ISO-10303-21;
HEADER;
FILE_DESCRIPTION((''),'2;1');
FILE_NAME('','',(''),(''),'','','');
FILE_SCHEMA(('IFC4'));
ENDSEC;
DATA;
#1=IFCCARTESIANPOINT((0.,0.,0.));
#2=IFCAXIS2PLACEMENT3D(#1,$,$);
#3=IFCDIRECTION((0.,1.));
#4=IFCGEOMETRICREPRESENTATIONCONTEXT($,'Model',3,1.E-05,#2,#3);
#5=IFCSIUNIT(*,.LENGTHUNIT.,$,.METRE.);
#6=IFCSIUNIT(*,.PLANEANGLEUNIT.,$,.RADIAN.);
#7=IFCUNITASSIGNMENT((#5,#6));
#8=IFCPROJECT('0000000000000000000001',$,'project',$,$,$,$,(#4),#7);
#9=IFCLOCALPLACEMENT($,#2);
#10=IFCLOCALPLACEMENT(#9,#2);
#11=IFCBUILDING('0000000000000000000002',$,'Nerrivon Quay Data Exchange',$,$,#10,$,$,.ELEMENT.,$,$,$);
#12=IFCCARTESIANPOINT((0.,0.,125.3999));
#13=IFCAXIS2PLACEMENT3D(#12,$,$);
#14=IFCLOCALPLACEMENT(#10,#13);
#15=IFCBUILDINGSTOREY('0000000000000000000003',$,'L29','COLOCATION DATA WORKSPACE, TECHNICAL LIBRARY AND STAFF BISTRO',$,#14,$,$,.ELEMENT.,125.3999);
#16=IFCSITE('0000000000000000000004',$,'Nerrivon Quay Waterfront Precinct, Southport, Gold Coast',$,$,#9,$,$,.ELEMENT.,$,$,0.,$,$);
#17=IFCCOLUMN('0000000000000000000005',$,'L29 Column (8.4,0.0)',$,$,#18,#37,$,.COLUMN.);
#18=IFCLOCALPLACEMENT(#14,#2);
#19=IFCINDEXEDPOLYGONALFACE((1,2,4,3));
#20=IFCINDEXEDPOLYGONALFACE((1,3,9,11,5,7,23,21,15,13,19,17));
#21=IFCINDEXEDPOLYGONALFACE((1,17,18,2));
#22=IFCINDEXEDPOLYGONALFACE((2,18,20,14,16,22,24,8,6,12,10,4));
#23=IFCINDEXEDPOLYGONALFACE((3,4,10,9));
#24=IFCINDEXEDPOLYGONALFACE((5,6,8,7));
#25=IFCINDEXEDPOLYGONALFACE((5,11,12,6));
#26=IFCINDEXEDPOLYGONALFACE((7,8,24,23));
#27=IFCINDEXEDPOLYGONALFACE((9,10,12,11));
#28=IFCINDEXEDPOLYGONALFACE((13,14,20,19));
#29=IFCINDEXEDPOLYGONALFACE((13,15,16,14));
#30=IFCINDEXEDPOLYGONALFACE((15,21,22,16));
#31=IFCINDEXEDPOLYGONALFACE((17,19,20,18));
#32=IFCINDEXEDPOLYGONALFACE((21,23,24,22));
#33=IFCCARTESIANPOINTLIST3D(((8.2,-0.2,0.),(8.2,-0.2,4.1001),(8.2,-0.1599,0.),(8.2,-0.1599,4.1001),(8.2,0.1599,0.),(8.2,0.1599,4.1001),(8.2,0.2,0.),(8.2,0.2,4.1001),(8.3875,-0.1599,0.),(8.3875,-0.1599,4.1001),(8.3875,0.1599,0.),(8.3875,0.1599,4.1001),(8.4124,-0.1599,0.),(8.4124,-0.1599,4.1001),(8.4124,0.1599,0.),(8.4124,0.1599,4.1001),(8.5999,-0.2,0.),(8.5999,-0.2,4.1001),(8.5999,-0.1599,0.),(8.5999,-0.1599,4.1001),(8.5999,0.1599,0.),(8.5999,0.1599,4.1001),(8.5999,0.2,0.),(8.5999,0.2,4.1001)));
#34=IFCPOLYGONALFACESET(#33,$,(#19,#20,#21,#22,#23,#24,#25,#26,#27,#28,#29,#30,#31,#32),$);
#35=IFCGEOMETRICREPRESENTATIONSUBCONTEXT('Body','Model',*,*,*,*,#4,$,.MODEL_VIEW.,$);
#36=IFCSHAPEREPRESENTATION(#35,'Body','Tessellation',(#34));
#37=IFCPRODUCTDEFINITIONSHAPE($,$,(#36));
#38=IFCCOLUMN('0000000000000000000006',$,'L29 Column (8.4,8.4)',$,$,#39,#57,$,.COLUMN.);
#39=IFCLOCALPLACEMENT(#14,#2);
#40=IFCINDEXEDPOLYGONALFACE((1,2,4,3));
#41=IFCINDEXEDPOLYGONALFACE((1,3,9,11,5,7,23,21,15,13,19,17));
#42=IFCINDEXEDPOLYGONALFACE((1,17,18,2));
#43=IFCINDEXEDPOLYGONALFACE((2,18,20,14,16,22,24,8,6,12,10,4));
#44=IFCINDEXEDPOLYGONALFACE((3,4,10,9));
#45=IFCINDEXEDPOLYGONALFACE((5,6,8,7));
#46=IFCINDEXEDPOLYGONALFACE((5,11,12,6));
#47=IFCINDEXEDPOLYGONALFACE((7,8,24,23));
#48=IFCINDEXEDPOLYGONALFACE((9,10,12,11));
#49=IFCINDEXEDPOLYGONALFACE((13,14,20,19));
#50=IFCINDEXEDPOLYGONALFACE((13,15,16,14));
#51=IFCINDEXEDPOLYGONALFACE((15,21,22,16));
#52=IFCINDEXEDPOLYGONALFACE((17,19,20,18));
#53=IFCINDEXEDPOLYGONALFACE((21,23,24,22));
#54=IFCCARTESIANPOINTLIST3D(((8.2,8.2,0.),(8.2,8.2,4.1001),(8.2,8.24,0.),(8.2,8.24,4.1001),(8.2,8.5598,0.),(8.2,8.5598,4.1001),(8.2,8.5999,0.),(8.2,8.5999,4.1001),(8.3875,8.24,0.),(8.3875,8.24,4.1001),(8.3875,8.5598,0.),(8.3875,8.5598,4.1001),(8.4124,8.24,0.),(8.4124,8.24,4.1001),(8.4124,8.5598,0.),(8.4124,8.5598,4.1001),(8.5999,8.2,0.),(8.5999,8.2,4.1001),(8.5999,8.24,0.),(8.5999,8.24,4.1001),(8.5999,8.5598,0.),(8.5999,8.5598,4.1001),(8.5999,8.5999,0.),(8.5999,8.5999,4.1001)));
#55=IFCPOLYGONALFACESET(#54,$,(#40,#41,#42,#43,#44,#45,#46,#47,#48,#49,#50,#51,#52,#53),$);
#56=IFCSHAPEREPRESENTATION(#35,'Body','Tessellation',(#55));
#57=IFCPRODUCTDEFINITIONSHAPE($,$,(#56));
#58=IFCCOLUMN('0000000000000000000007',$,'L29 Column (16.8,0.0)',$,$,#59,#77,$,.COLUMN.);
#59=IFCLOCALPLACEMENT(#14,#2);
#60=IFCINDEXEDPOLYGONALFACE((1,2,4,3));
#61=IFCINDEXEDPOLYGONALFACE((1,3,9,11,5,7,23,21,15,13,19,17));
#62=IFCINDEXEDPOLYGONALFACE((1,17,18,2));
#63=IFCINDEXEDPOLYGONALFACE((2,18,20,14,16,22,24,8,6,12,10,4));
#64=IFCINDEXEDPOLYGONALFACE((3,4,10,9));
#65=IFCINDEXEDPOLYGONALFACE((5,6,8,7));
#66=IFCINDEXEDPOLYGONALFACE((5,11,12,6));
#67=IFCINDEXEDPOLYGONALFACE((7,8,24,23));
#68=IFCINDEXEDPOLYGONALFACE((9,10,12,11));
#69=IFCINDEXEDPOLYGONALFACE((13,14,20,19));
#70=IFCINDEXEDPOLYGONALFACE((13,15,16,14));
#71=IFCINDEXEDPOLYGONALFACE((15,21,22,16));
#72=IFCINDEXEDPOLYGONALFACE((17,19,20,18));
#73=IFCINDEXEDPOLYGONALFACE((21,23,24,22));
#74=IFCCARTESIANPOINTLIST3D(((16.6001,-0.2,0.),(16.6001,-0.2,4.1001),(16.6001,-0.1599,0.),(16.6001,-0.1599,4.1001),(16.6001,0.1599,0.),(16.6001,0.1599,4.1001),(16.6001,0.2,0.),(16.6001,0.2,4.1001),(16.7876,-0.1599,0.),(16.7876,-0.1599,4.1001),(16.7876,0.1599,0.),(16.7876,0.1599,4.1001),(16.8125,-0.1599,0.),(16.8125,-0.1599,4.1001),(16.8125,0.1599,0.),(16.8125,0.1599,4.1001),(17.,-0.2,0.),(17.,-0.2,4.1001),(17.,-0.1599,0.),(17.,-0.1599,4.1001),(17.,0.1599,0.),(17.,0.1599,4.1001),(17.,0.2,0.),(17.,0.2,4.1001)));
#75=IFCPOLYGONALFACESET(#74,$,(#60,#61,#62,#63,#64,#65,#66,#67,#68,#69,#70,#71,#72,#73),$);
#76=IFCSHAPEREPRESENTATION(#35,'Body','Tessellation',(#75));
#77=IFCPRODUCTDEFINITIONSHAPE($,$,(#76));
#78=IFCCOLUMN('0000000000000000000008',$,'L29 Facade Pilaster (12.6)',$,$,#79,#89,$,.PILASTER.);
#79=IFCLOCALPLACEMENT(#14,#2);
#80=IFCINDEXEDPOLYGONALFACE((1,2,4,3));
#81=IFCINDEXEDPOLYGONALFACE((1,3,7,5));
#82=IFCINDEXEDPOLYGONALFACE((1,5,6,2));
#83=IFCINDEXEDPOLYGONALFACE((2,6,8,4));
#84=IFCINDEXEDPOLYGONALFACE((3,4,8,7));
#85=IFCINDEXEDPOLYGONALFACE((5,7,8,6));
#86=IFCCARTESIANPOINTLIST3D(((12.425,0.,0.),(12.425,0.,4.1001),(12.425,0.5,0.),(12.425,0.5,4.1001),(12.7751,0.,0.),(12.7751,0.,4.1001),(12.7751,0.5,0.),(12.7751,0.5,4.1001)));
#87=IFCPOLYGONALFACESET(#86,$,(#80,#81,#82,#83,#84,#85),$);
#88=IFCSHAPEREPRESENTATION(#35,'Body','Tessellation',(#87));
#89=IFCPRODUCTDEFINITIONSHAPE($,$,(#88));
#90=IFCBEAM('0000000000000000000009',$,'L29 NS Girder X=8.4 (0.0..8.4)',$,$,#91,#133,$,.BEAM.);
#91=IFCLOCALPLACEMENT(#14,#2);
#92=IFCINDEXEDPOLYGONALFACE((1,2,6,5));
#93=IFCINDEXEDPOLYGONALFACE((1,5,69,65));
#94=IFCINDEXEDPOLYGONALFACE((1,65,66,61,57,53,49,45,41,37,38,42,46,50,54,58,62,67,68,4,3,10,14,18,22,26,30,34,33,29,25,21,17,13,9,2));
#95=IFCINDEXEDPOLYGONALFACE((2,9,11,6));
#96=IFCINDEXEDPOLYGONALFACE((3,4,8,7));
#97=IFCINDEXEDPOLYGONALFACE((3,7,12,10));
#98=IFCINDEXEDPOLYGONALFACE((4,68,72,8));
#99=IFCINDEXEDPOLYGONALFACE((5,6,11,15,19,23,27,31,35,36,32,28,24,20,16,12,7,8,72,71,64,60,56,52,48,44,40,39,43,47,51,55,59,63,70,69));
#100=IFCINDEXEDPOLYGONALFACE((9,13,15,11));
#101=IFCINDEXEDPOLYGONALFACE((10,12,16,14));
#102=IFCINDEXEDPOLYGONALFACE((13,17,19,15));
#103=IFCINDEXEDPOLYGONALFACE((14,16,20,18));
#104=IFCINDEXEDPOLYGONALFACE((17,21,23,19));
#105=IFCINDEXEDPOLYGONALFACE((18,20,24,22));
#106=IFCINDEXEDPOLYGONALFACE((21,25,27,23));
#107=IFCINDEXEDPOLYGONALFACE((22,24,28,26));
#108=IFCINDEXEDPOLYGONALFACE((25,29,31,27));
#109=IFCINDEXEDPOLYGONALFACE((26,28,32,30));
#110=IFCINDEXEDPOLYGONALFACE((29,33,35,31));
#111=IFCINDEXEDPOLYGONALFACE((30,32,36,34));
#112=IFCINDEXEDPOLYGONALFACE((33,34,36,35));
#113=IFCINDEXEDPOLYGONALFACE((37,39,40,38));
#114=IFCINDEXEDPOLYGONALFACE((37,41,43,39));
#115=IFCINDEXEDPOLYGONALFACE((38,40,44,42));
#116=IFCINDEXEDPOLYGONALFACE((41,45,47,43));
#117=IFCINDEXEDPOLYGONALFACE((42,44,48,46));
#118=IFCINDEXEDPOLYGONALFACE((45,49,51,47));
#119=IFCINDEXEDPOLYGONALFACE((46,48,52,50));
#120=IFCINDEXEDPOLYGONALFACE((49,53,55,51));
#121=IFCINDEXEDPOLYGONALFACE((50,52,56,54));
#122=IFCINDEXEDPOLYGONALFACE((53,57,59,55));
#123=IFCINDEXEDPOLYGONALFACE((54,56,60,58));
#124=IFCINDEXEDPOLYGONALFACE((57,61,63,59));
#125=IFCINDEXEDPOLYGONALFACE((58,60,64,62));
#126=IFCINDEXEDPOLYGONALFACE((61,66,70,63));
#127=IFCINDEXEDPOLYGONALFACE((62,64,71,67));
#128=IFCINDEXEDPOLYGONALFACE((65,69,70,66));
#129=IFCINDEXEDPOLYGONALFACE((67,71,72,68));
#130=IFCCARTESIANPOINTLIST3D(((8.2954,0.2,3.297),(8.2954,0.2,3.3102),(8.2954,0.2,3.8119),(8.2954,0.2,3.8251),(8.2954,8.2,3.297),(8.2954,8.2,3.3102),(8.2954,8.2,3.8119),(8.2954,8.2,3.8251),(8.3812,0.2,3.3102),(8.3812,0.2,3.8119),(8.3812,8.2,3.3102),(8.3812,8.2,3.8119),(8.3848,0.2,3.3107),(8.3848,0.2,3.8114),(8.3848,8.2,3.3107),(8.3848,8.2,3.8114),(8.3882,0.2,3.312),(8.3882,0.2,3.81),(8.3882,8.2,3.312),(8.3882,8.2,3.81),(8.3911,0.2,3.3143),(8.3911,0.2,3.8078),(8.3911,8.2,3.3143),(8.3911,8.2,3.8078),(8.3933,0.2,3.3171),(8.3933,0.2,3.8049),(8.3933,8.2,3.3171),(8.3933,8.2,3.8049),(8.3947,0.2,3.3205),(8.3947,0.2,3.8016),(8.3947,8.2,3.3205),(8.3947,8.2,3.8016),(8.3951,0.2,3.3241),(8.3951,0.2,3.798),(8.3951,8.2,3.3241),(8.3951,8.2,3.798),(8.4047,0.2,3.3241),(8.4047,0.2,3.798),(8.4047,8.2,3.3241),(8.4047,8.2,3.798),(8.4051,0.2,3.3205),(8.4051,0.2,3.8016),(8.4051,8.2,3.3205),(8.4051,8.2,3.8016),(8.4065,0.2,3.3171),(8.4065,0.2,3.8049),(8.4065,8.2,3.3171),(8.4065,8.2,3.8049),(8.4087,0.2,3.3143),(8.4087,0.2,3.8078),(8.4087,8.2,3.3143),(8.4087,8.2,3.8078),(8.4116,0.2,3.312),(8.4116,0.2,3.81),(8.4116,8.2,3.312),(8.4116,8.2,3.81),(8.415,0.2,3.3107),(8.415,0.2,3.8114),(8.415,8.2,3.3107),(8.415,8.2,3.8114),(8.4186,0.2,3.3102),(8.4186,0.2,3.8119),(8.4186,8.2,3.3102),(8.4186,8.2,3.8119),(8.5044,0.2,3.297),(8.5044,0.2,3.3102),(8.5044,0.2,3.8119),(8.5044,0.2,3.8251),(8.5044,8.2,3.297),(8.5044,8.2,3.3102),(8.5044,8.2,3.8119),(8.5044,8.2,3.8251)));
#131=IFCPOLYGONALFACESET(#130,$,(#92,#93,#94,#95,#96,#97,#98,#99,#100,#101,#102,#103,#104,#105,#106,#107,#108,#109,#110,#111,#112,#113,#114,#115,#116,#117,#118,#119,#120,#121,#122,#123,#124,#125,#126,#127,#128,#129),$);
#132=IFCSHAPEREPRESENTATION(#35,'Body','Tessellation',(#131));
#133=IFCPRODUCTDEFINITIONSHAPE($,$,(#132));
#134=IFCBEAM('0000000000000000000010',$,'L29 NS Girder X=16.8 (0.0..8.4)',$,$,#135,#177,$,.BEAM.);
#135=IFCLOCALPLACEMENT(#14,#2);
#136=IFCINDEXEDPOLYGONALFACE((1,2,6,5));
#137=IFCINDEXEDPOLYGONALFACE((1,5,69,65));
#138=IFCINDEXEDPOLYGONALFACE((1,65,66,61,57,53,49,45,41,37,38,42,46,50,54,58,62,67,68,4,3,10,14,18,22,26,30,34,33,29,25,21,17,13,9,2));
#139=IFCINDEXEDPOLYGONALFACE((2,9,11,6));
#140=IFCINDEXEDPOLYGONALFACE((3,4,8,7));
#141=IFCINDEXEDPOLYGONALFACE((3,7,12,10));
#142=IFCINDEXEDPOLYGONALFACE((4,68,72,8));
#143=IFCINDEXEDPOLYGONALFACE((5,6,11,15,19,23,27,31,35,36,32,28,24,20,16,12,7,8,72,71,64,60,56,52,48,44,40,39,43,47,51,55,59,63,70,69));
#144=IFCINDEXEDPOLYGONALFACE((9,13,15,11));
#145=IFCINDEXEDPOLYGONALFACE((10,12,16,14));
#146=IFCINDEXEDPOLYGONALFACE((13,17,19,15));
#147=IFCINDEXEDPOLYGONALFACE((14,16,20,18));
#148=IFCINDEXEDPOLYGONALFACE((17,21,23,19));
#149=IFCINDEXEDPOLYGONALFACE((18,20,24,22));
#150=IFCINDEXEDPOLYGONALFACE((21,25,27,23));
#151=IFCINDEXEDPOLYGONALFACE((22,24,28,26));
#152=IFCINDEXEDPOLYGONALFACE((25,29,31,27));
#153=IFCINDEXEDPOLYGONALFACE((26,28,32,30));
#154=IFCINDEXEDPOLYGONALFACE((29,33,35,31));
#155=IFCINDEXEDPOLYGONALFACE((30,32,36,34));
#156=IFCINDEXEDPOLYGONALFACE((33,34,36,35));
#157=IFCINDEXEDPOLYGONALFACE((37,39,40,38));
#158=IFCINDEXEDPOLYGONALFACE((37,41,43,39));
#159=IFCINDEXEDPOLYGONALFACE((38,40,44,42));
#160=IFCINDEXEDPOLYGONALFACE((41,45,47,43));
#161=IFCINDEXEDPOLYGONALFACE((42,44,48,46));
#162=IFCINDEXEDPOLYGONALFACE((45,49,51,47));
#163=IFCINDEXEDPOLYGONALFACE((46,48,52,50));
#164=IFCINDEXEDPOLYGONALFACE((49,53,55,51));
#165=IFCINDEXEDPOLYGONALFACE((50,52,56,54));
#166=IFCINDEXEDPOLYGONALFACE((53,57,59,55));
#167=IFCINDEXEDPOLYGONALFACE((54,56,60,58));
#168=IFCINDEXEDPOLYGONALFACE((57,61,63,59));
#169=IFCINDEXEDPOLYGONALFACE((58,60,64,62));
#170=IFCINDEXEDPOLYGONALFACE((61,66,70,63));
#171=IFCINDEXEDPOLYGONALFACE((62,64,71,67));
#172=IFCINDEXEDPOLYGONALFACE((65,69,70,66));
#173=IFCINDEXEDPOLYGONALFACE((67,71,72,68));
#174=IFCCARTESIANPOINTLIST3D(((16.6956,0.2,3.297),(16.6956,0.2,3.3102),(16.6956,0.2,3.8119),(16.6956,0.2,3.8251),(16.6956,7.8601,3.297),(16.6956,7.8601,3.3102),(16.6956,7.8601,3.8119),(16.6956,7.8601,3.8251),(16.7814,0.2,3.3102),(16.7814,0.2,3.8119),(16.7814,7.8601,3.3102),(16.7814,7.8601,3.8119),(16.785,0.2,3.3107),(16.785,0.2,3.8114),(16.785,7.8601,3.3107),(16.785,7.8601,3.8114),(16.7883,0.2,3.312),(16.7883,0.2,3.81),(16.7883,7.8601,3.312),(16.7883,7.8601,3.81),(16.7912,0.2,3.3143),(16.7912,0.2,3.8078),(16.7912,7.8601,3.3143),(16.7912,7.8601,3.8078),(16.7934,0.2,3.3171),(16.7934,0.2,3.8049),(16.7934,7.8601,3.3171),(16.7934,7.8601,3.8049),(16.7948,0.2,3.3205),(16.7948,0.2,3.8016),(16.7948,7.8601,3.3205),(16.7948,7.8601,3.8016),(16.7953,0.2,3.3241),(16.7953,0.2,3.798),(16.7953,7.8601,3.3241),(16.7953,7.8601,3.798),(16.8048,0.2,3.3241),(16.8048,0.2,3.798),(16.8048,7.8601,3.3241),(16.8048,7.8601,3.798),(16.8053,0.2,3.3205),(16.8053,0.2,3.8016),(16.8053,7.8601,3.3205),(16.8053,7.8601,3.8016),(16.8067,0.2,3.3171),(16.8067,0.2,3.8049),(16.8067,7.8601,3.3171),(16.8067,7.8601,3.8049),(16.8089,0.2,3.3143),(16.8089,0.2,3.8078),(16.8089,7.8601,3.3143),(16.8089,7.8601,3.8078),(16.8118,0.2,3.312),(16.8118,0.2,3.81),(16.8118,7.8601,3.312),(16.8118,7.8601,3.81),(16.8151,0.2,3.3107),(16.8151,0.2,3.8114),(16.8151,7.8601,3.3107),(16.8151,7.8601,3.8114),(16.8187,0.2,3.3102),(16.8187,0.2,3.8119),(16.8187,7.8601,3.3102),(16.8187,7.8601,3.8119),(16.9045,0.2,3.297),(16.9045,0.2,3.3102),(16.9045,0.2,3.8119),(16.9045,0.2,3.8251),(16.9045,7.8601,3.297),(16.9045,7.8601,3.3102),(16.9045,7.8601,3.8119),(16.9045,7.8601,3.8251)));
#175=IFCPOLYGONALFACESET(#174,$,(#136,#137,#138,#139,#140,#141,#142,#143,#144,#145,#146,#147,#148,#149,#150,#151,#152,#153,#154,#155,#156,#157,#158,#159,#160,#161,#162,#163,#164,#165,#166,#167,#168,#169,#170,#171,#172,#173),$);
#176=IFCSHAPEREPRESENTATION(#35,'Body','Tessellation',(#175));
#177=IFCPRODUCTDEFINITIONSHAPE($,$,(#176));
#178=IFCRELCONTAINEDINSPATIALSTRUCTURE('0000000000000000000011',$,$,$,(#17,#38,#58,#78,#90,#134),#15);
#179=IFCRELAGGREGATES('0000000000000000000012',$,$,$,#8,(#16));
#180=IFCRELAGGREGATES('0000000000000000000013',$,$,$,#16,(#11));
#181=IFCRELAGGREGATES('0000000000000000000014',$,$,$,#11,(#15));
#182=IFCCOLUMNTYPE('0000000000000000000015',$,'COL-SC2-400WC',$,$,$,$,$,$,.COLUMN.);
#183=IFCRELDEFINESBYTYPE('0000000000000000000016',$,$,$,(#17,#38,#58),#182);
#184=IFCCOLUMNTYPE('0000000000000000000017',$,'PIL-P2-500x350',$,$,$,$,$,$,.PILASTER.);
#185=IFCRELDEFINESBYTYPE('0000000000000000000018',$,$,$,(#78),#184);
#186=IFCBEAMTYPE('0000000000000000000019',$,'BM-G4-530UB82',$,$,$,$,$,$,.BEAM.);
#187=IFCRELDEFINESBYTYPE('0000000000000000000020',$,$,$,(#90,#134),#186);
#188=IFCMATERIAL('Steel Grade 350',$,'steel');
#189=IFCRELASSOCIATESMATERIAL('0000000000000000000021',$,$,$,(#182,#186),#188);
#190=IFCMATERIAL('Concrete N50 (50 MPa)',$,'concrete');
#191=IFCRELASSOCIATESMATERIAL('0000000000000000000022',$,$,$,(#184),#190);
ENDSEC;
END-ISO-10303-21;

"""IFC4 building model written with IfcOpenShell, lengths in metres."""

from ifc_helpers import new_model, si_unit, direction, frame, origin, origin_2d, place, context, subcontext, project, spatial, rectangle, i_section, extrude, material, material_profile, profile_set, type_object, element, save


model = new_model("IFC4")

# Units and contexts
model_context = context("Model", 3, precision=1e-05, world=origin(), true_north=direction((0.0, 1.0)))
body_context = subcontext(model_context, "Body", "Model", "MODEL_VIEW")
ifc_project = project(units=[si_unit("LENGTHUNIT", "METRE"), si_unit("PLANEANGLEUNIT", "RADIAN")], contexts=[model_context])

# Site, building, storey
site_placement = place(None, origin())
site = spatial("IfcSite", under=ifc_project, at=site_placement, Name="Nerrivon Quay Waterfront Precinct, Southport, Gold Coast", CompositionType="ELEMENT", RefElevation=0.0)
building_placement = place(site_placement, origin())
building = spatial("IfcBuilding", under=site, at=building_placement, Name="Nerrivon Quay Data Exchange", CompositionType="ELEMENT")
storey_placement = place(building_placement, frame((0.0, 0.0, 125.3999)))
storey = spatial("IfcBuildingStorey", under=building, at=storey_placement, Name="L29", Description="COLOCATION DATA WORKSPACE, TECHNICAL LIBRARY AND STAFF BISTRO", CompositionType="ELEMENT", Elevation=125.3999)

# Columns
ifc_material_1 = material(Name="Steel Grade 350", Category="steel")
ifc_material_profile_1 = material_profile(ifc_material_1, i_section(OverallWidth=0.3999, OverallDepth=0.3999, WebThickness=0.0249, FlangeThickness=0.04, at=origin_2d()), Name="400WC328")
ifc_profile_set_1 = profile_set([ifc_material_profile_1], Name="Steel Grade 350")
column_type_1 = type_object("IfcColumnType", Name="COL-SC2-400WC", PredefinedType="COLUMN", material=ifc_profile_set_1)
for number, where, z_axis, x_axis, name in (
    (1, (8.3999, 0.0, 0.0), (0.0, 0.0, 1.0), (1.0, 0.0, 0.0), "L29 Column (8.4,0.0)"),
    (2, (8.3999, 8.3999, 0.0), (0.0, 0.0, 1.0), (1.0, 0.0, 0.0), "L29 Column (8.4,8.4)"),
    (3, (16.8, 0.0, 0.0), (0.0, 0.0, 1.0), (1.0, 0.0, 0.0), "L29 Column (16.8,0.0)"),
):
    element("IfcColumn", number, at=place(storey_placement, frame(where, z_axis=z_axis, x_axis=x_axis)), inside=storey, type_object=column_type_1, Name=name, PredefinedType="COLUMN", context=body_context, shape_type="SweptSolid", body=[
        extrude(i_section(OverallWidth=0.3999, OverallDepth=0.3999, WebThickness=0.0249, FlangeThickness=0.04, at=origin_2d()), origin(), (0.0, 0.0, 1.0), 4.1001),
    ])
ifc_material_2 = material(Name="Concrete N50 (50 MPa)", Category="concrete")
ifc_material_profile_2 = material_profile(ifc_material_2, rectangle(XDim=0.3501, YDim=0.5, at=origin_2d()), Name="RC-PIL-500x350")
ifc_profile_set_2 = profile_set([ifc_material_profile_2], Name="Concrete N50 (50 MPa)")
column_type_2 = type_object("IfcColumnType", Name="PIL-P2-500x350", PredefinedType="PILASTER", material=ifc_profile_set_2)
column_placement = place(storey_placement, frame((12.6001, 0.25, 0.0), z_axis=(0.0, 0.0, 1.0), x_axis=(1.0, 0.0, 0.0)))
element("IfcColumn", 4, at=column_placement, inside=storey, type_object=column_type_2, Name="L29 Facade Pilaster (12.6)", PredefinedType="PILASTER", context=body_context, shape_type="SweptSolid", body=[
    extrude(rectangle(XDim=0.3501, YDim=0.5, at=origin_2d()), origin(), (0.0, 0.0, 1.0), 4.1001),
])

# Beams
ifc_material_profile_3 = material_profile(ifc_material_1, i_section(OverallWidth=0.209, OverallDepth=0.5281, WebThickness=0.0095, FlangeThickness=0.0132, FilletRadius=0.0139, at=origin_2d()), Name="530UB82.0")
ifc_profile_set_3 = profile_set([ifc_material_profile_3], Name="Steel Grade 350")
beam_type_1 = type_object("IfcBeamType", Name="BM-G4-530UB82", PredefinedType="BEAM", material=ifc_profile_set_3)
beam_1_placement = place(storey_placement, frame((8.3999, 0.2, 3.561), z_axis=(0.0, 1.0, 0.0), x_axis=(-1.0, 0.0, 0.0)))
element("IfcBeam", 5, at=beam_1_placement, inside=storey, type_object=beam_type_1, Name="L29 NS Girder X=8.4 (0.0..8.4)", PredefinedType="BEAM", context=body_context, shape_type="SweptSolid", body=[
    extrude(i_section(OverallWidth=0.209, OverallDepth=0.5281, WebThickness=0.0095, FlangeThickness=0.0132, FilletRadius=0.0139, at=origin_2d()), origin(), (0.0, 0.0, 1.0), 8.0),
])
beam_2_placement = place(storey_placement, frame((16.8, 0.2, 3.561), z_axis=(0.0, 1.0, 0.0), x_axis=(-1.0, 0.0, 0.0)))
element("IfcBeam", 6, at=beam_2_placement, inside=storey, type_object=beam_type_1, Name="L29 NS Girder X=16.8 (0.0..8.4)", PredefinedType="BEAM", context=body_context, shape_type="SweptSolid", body=[
    extrude(i_section(OverallWidth=0.209, OverallDepth=0.5281, WebThickness=0.0095, FlangeThickness=0.0132, FilletRadius=0.0139, at=origin_2d()), origin(), (0.0, 0.0, 1.0), 7.6602),
])

save(model, "model.ifc")
